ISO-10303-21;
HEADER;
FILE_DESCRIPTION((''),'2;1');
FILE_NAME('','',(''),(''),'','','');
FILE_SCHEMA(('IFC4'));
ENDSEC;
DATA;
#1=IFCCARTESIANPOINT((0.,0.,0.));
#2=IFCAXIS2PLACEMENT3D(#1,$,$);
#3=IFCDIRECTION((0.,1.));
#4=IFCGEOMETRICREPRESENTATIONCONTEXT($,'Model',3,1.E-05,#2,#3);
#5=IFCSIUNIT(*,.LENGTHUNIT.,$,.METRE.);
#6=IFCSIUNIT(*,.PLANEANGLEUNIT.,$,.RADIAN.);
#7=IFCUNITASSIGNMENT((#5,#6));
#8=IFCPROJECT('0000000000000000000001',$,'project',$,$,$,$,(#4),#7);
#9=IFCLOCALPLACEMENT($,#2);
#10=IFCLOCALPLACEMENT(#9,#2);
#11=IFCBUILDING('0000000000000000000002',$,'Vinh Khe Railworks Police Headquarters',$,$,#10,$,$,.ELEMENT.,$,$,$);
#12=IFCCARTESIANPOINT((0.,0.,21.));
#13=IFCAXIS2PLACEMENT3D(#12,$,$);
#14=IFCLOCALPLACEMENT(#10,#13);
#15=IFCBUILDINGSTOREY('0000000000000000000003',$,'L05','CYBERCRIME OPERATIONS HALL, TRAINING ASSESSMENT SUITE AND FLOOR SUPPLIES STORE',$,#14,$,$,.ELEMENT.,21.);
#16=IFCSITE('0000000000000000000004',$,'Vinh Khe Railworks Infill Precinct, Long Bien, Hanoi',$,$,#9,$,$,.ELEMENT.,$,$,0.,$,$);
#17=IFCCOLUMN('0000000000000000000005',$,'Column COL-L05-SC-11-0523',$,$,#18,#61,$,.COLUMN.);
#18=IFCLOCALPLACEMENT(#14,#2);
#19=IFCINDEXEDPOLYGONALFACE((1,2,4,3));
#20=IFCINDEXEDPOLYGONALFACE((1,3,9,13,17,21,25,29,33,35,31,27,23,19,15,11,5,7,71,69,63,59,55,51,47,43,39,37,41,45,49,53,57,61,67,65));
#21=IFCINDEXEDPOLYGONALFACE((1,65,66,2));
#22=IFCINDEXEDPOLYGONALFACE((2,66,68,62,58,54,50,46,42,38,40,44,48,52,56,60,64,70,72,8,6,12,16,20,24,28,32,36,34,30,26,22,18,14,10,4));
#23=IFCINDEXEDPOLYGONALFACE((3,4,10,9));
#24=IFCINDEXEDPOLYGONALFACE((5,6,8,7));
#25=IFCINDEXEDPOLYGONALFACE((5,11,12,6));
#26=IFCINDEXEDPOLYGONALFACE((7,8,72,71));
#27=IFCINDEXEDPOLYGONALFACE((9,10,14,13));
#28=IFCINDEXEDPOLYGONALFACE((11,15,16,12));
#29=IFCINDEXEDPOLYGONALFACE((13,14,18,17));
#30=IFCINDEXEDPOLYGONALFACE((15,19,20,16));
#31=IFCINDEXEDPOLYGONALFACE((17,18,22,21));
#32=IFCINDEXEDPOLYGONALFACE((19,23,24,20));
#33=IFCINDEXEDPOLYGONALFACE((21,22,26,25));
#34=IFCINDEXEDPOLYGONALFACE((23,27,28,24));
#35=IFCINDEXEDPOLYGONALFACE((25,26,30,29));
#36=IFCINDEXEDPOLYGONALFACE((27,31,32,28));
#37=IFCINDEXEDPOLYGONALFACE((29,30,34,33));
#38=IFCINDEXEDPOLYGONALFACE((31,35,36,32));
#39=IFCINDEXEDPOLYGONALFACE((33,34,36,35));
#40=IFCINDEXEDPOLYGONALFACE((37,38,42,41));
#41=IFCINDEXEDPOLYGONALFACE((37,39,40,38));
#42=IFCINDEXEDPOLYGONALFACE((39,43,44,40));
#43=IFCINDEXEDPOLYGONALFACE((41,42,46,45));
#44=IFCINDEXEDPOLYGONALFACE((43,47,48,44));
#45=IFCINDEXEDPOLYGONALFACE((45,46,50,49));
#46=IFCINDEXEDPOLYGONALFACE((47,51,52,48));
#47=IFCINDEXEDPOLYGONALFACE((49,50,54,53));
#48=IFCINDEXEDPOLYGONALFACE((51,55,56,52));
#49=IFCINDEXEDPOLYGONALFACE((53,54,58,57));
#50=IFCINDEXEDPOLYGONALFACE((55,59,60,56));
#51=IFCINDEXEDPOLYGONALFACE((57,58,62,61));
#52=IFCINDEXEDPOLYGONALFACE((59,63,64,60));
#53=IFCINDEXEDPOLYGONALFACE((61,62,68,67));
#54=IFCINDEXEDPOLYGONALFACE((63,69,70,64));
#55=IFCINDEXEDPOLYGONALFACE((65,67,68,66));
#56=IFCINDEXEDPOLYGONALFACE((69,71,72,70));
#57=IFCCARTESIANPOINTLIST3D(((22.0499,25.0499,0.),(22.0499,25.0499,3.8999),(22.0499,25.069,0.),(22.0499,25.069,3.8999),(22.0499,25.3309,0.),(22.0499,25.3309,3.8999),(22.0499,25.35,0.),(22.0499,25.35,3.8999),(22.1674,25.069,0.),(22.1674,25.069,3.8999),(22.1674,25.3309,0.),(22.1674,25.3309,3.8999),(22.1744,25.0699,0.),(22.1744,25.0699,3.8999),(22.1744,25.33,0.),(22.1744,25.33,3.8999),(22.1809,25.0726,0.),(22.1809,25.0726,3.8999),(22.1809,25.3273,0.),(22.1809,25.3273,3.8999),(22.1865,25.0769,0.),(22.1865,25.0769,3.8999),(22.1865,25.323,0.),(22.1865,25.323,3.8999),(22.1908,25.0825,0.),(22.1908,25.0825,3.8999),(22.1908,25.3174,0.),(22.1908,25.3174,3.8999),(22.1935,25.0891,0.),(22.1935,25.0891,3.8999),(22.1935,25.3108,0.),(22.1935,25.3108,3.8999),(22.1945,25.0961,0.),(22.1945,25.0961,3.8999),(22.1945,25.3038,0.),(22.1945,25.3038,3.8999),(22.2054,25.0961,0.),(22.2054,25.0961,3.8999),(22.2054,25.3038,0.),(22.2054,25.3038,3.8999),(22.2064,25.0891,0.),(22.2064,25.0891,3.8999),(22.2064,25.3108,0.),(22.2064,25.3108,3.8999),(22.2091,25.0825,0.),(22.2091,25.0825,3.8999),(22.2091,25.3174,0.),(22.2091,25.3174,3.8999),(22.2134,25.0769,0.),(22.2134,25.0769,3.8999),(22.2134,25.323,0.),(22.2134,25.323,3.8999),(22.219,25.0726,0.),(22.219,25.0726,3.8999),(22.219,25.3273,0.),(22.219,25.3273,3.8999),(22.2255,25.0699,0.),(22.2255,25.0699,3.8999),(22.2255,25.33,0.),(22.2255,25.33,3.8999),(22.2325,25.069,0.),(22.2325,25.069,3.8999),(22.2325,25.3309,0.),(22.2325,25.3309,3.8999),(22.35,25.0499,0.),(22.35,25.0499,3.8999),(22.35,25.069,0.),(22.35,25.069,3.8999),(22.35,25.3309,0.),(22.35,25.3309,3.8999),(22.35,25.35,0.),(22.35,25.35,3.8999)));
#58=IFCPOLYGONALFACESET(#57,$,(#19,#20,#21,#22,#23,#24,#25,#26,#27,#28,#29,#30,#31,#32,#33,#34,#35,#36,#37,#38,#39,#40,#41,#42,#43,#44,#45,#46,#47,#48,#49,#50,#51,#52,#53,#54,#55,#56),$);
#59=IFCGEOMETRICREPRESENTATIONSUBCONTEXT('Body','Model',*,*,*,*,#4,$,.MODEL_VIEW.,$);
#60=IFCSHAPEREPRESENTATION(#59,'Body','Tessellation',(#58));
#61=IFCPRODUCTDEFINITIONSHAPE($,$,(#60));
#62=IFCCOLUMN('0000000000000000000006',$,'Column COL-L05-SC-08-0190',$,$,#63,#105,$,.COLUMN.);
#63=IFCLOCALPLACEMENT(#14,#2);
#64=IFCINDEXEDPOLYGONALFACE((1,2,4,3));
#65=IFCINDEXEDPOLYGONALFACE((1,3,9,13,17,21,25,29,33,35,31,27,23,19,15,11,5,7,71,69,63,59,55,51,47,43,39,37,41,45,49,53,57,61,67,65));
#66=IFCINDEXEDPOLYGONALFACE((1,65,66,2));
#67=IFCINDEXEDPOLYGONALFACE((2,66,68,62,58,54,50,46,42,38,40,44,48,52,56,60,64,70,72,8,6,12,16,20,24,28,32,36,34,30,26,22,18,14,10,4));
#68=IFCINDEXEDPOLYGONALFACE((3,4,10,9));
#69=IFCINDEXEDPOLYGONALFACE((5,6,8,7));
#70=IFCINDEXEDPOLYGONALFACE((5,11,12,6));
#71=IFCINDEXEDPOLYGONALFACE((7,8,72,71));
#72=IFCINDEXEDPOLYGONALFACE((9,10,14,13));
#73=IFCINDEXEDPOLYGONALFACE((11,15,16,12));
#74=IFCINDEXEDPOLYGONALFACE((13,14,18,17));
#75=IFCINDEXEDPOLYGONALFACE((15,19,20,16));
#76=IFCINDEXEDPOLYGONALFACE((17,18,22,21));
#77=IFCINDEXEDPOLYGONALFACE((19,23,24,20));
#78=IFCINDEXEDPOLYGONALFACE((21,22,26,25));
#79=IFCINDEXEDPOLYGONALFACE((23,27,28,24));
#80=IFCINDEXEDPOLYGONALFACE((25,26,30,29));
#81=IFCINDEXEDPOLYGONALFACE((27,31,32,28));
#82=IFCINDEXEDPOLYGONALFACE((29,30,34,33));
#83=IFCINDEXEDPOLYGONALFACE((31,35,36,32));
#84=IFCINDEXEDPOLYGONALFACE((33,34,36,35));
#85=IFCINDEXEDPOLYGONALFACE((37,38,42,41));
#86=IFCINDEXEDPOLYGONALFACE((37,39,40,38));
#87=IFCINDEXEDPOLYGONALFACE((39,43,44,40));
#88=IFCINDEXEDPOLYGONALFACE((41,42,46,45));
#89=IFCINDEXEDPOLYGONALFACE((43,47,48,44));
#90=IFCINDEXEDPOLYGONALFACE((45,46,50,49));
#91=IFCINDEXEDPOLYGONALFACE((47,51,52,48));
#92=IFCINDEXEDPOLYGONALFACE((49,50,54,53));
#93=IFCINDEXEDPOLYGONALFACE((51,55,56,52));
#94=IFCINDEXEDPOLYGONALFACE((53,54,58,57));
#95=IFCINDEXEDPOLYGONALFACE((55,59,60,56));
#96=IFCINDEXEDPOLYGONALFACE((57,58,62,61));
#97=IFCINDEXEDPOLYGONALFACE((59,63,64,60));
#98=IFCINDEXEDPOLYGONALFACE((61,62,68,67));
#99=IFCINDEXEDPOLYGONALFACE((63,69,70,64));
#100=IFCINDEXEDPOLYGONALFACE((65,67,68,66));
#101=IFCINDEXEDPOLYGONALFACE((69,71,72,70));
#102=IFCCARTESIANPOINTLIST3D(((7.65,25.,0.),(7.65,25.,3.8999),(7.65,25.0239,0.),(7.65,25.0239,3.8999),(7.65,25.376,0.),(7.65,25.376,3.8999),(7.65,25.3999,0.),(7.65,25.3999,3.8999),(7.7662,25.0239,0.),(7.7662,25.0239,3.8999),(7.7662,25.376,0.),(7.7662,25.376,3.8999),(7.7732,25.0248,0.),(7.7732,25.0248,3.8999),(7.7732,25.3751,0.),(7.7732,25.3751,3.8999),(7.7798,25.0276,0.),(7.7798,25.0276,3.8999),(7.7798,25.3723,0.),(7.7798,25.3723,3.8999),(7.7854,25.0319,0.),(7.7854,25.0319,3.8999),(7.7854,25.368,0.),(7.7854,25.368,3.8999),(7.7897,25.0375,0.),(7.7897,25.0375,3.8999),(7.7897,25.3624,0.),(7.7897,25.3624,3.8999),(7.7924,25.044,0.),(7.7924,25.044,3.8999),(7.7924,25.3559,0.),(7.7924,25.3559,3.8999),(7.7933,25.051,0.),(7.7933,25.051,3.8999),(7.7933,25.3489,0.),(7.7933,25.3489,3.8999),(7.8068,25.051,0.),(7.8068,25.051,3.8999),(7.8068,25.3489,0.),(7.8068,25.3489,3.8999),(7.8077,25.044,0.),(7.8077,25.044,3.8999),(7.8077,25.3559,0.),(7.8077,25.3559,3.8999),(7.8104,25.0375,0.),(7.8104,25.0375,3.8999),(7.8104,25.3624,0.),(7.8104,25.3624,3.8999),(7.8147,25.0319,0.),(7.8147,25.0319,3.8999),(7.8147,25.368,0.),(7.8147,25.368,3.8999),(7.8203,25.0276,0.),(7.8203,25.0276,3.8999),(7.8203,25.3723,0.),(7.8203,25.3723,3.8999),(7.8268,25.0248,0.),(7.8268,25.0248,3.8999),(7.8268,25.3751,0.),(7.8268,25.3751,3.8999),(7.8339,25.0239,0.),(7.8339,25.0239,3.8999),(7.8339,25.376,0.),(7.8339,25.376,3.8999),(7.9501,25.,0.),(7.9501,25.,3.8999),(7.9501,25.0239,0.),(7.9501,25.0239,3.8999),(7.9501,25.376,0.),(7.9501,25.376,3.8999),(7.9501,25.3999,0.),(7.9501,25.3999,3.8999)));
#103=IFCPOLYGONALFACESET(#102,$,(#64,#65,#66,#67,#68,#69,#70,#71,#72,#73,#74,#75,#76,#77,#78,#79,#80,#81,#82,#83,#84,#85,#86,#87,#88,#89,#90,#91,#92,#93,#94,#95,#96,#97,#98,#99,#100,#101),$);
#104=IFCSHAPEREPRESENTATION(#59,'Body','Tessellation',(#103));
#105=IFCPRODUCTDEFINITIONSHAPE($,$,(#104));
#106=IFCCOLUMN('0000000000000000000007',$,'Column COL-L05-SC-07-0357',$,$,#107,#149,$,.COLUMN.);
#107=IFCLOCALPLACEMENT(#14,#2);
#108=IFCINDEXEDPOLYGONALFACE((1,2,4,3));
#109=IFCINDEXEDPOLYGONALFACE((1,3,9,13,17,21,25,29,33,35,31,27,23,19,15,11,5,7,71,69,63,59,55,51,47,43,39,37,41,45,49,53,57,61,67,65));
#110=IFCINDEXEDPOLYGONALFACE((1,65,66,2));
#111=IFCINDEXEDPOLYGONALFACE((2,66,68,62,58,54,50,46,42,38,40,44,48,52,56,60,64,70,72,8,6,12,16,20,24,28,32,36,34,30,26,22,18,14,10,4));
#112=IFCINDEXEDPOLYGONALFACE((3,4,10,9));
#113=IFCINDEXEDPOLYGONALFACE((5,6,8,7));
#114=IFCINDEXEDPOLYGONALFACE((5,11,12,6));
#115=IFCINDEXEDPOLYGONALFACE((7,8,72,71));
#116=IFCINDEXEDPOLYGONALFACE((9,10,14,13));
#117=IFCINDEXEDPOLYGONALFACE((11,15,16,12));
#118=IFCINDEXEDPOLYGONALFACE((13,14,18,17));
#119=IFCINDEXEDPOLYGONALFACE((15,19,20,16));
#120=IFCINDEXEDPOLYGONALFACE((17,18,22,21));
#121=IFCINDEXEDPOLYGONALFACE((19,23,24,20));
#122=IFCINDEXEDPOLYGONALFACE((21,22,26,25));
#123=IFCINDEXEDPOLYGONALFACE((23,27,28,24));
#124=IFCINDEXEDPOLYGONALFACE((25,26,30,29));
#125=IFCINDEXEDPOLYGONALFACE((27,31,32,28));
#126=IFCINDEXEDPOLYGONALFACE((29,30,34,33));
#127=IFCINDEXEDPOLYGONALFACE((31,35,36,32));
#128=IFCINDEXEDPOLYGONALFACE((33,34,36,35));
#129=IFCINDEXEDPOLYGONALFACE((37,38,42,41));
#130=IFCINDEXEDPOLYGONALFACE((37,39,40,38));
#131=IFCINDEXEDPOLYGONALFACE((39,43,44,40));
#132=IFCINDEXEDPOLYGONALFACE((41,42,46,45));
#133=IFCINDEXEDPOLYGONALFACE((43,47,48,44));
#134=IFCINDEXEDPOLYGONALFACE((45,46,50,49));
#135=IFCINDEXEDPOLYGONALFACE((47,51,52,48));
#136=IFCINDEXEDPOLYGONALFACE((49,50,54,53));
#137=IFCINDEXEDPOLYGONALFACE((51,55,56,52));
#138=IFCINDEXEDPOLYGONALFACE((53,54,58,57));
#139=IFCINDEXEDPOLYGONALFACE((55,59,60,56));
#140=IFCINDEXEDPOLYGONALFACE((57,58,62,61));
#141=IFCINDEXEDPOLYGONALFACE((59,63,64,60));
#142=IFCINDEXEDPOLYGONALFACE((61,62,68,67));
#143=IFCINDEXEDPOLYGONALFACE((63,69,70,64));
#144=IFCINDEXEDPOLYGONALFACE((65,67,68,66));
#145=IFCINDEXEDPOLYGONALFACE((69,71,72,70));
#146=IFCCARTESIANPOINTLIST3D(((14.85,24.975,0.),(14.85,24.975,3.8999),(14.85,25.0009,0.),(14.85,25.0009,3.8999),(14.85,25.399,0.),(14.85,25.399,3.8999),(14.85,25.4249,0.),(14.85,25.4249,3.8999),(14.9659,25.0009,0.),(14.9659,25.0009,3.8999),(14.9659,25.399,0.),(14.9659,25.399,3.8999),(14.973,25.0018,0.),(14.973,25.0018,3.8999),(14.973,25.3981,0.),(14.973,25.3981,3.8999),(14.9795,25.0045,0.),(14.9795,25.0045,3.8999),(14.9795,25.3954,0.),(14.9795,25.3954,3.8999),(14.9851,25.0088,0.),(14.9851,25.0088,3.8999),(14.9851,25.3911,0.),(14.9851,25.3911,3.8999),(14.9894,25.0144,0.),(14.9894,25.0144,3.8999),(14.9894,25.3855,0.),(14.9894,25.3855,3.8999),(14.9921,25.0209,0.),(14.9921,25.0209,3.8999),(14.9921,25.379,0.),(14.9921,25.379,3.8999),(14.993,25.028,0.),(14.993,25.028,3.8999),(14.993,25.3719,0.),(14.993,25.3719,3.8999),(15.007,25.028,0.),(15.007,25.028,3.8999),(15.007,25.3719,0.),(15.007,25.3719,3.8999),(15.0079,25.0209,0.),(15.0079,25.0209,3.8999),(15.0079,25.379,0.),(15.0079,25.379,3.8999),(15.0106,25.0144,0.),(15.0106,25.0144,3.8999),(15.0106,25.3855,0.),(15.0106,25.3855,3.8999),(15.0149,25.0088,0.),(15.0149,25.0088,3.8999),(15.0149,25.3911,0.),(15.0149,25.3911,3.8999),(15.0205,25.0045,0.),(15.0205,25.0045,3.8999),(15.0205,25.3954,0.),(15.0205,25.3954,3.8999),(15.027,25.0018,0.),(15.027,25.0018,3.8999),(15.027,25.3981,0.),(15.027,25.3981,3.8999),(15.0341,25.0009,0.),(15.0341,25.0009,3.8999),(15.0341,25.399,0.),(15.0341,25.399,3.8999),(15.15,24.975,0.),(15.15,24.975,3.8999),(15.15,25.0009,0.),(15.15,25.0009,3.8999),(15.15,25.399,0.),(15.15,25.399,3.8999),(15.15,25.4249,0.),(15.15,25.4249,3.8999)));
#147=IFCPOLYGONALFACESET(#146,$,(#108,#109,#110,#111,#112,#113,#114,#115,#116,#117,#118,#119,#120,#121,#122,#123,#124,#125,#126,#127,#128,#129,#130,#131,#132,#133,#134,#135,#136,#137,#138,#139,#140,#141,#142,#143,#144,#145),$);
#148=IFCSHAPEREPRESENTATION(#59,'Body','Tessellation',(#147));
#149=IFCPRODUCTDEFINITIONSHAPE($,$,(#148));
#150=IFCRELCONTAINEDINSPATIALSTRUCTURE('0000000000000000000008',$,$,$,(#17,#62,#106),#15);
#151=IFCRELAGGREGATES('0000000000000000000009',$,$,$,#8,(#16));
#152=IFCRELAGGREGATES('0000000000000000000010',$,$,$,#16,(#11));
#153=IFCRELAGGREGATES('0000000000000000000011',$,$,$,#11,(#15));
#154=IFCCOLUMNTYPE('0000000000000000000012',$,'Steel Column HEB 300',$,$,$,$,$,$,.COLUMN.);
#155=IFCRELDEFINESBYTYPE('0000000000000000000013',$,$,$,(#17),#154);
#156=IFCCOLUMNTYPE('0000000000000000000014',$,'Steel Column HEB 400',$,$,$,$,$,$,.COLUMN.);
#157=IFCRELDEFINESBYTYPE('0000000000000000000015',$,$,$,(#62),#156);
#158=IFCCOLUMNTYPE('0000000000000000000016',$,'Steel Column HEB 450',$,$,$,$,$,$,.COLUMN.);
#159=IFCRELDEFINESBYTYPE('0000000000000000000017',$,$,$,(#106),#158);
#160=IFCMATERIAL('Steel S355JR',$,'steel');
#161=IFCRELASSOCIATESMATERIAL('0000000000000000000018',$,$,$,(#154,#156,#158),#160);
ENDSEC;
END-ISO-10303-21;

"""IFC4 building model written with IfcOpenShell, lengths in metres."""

from ifc_helpers import new_model, si_unit, direction, frame, origin, origin_2d, place, context, subcontext, project, spatial, i_section, extrude, material, material_profile, profile_set, type_object, element, save


model = new_model("IFC4")

# Units and contexts
model_context = context("Model", 3, precision=1e-05, world=origin(), true_north=direction((0.0, 1.0)))
body_context = subcontext(model_context, "Body", "Model", "MODEL_VIEW")
ifc_project = project(units=[si_unit("LENGTHUNIT", "METRE"), si_unit("PLANEANGLEUNIT", "RADIAN")], contexts=[model_context])

# Site, building, storey
site_placement = place(None, origin())
site = spatial("IfcSite", under=ifc_project, at=site_placement, Name="Vinh Khe Railworks Infill Precinct, Long Bien, Hanoi", CompositionType="ELEMENT", RefElevation=0.0)
building_placement = place(site_placement, origin())
building = spatial("IfcBuilding", under=site, at=building_placement, Name="Vinh Khe Railworks Police Headquarters", CompositionType="ELEMENT")
storey_placement = place(building_placement, frame((0.0, 0.0, 21.0)))
storey = spatial("IfcBuildingStorey", under=building, at=storey_placement, Name="L05", Description="CYBERCRIME OPERATIONS HALL, TRAINING ASSESSMENT SUITE AND FLOOR SUPPLIES STORE", CompositionType="ELEMENT", Elevation=21.0)

# Columns
ifc_material_1 = material(Name="Steel S355JR", Category="steel")
ifc_material_profile_1 = material_profile(ifc_material_1, i_section(OverallWidth=0.3, OverallDepth=0.3, WebThickness=0.011, FlangeThickness=0.019, FilletRadius=0.0271, at=origin_2d()), Name="HEB 300")
ifc_profile_set_1 = profile_set([ifc_material_profile_1], Name="Steel S355JR")
column_type_1 = type_object("IfcColumnType", Name="Steel Column HEB 300", PredefinedType="COLUMN", material=ifc_profile_set_1)
column_1_placement = place(storey_placement, frame((22.2, 25.2, 0.0), z_axis=(0.0, 0.0, 1.0), x_axis=(1.0, 0.0, 0.0)))
element("IfcColumn", 1, at=column_1_placement, inside=storey, type_object=column_type_1, Name="Column COL-L05-SC-11-0523", PredefinedType="COLUMN", context=body_context, shape_type="SweptSolid", body=[
    extrude(i_section(OverallWidth=0.3, OverallDepth=0.3, WebThickness=0.011, FlangeThickness=0.019, FilletRadius=0.0271, at=origin_2d()), origin(), (0.0, 0.0, 1.0), 3.8999),
])
ifc_material_profile_2 = material_profile(ifc_material_1, i_section(OverallWidth=0.3, OverallDepth=0.3999, WebThickness=0.0134, FlangeThickness=0.0239, FilletRadius=0.0271, at=origin_2d()), Name="HEB 400")
ifc_profile_set_2 = profile_set([ifc_material_profile_2], Name="Steel S355JR")
column_type_2 = type_object("IfcColumnType", Name="Steel Column HEB 400", PredefinedType="COLUMN", material=ifc_profile_set_2)
column_2_placement = place(storey_placement, frame((7.8, 25.2, 0.0), z_axis=(0.0, 0.0, 1.0), x_axis=(1.0, 0.0, 0.0)))
element("IfcColumn", 2, at=column_2_placement, inside=storey, type_object=column_type_2, Name="Column COL-L05-SC-08-0190", PredefinedType="COLUMN", context=body_context, shape_type="SweptSolid", body=[
    extrude(i_section(OverallWidth=0.3, OverallDepth=0.3999, WebThickness=0.0134, FlangeThickness=0.0239, FilletRadius=0.0271, at=origin_2d()), origin(), (0.0, 0.0, 1.0), 3.8999),
])
ifc_material_profile_3 = material_profile(ifc_material_1, i_section(OverallWidth=0.3, OverallDepth=0.45, WebThickness=0.0139, FlangeThickness=0.0259, FilletRadius=0.0271, at=origin_2d()), Name="HEB 450")
ifc_profile_set_3 = profile_set([ifc_material_profile_3], Name="Steel S355JR")
column_type_3 = type_object("IfcColumnType", Name="Steel Column HEB 450", PredefinedType="COLUMN", material=ifc_profile_set_3)
column_3_placement = place(storey_placement, frame((15.0, 25.2, 0.0), z_axis=(0.0, 0.0, 1.0), x_axis=(1.0, 0.0, 0.0)))
element("IfcColumn", 3, at=column_3_placement, inside=storey, type_object=column_type_3, Name="Column COL-L05-SC-07-0357", PredefinedType="COLUMN", context=body_context, shape_type="SweptSolid", body=[
    extrude(i_section(OverallWidth=0.3, OverallDepth=0.45, WebThickness=0.0139, FlangeThickness=0.0259, FilletRadius=0.0271, at=origin_2d()), origin(), (0.0, 0.0, 1.0), 3.8999),
])

save(model, "model.ifc")
